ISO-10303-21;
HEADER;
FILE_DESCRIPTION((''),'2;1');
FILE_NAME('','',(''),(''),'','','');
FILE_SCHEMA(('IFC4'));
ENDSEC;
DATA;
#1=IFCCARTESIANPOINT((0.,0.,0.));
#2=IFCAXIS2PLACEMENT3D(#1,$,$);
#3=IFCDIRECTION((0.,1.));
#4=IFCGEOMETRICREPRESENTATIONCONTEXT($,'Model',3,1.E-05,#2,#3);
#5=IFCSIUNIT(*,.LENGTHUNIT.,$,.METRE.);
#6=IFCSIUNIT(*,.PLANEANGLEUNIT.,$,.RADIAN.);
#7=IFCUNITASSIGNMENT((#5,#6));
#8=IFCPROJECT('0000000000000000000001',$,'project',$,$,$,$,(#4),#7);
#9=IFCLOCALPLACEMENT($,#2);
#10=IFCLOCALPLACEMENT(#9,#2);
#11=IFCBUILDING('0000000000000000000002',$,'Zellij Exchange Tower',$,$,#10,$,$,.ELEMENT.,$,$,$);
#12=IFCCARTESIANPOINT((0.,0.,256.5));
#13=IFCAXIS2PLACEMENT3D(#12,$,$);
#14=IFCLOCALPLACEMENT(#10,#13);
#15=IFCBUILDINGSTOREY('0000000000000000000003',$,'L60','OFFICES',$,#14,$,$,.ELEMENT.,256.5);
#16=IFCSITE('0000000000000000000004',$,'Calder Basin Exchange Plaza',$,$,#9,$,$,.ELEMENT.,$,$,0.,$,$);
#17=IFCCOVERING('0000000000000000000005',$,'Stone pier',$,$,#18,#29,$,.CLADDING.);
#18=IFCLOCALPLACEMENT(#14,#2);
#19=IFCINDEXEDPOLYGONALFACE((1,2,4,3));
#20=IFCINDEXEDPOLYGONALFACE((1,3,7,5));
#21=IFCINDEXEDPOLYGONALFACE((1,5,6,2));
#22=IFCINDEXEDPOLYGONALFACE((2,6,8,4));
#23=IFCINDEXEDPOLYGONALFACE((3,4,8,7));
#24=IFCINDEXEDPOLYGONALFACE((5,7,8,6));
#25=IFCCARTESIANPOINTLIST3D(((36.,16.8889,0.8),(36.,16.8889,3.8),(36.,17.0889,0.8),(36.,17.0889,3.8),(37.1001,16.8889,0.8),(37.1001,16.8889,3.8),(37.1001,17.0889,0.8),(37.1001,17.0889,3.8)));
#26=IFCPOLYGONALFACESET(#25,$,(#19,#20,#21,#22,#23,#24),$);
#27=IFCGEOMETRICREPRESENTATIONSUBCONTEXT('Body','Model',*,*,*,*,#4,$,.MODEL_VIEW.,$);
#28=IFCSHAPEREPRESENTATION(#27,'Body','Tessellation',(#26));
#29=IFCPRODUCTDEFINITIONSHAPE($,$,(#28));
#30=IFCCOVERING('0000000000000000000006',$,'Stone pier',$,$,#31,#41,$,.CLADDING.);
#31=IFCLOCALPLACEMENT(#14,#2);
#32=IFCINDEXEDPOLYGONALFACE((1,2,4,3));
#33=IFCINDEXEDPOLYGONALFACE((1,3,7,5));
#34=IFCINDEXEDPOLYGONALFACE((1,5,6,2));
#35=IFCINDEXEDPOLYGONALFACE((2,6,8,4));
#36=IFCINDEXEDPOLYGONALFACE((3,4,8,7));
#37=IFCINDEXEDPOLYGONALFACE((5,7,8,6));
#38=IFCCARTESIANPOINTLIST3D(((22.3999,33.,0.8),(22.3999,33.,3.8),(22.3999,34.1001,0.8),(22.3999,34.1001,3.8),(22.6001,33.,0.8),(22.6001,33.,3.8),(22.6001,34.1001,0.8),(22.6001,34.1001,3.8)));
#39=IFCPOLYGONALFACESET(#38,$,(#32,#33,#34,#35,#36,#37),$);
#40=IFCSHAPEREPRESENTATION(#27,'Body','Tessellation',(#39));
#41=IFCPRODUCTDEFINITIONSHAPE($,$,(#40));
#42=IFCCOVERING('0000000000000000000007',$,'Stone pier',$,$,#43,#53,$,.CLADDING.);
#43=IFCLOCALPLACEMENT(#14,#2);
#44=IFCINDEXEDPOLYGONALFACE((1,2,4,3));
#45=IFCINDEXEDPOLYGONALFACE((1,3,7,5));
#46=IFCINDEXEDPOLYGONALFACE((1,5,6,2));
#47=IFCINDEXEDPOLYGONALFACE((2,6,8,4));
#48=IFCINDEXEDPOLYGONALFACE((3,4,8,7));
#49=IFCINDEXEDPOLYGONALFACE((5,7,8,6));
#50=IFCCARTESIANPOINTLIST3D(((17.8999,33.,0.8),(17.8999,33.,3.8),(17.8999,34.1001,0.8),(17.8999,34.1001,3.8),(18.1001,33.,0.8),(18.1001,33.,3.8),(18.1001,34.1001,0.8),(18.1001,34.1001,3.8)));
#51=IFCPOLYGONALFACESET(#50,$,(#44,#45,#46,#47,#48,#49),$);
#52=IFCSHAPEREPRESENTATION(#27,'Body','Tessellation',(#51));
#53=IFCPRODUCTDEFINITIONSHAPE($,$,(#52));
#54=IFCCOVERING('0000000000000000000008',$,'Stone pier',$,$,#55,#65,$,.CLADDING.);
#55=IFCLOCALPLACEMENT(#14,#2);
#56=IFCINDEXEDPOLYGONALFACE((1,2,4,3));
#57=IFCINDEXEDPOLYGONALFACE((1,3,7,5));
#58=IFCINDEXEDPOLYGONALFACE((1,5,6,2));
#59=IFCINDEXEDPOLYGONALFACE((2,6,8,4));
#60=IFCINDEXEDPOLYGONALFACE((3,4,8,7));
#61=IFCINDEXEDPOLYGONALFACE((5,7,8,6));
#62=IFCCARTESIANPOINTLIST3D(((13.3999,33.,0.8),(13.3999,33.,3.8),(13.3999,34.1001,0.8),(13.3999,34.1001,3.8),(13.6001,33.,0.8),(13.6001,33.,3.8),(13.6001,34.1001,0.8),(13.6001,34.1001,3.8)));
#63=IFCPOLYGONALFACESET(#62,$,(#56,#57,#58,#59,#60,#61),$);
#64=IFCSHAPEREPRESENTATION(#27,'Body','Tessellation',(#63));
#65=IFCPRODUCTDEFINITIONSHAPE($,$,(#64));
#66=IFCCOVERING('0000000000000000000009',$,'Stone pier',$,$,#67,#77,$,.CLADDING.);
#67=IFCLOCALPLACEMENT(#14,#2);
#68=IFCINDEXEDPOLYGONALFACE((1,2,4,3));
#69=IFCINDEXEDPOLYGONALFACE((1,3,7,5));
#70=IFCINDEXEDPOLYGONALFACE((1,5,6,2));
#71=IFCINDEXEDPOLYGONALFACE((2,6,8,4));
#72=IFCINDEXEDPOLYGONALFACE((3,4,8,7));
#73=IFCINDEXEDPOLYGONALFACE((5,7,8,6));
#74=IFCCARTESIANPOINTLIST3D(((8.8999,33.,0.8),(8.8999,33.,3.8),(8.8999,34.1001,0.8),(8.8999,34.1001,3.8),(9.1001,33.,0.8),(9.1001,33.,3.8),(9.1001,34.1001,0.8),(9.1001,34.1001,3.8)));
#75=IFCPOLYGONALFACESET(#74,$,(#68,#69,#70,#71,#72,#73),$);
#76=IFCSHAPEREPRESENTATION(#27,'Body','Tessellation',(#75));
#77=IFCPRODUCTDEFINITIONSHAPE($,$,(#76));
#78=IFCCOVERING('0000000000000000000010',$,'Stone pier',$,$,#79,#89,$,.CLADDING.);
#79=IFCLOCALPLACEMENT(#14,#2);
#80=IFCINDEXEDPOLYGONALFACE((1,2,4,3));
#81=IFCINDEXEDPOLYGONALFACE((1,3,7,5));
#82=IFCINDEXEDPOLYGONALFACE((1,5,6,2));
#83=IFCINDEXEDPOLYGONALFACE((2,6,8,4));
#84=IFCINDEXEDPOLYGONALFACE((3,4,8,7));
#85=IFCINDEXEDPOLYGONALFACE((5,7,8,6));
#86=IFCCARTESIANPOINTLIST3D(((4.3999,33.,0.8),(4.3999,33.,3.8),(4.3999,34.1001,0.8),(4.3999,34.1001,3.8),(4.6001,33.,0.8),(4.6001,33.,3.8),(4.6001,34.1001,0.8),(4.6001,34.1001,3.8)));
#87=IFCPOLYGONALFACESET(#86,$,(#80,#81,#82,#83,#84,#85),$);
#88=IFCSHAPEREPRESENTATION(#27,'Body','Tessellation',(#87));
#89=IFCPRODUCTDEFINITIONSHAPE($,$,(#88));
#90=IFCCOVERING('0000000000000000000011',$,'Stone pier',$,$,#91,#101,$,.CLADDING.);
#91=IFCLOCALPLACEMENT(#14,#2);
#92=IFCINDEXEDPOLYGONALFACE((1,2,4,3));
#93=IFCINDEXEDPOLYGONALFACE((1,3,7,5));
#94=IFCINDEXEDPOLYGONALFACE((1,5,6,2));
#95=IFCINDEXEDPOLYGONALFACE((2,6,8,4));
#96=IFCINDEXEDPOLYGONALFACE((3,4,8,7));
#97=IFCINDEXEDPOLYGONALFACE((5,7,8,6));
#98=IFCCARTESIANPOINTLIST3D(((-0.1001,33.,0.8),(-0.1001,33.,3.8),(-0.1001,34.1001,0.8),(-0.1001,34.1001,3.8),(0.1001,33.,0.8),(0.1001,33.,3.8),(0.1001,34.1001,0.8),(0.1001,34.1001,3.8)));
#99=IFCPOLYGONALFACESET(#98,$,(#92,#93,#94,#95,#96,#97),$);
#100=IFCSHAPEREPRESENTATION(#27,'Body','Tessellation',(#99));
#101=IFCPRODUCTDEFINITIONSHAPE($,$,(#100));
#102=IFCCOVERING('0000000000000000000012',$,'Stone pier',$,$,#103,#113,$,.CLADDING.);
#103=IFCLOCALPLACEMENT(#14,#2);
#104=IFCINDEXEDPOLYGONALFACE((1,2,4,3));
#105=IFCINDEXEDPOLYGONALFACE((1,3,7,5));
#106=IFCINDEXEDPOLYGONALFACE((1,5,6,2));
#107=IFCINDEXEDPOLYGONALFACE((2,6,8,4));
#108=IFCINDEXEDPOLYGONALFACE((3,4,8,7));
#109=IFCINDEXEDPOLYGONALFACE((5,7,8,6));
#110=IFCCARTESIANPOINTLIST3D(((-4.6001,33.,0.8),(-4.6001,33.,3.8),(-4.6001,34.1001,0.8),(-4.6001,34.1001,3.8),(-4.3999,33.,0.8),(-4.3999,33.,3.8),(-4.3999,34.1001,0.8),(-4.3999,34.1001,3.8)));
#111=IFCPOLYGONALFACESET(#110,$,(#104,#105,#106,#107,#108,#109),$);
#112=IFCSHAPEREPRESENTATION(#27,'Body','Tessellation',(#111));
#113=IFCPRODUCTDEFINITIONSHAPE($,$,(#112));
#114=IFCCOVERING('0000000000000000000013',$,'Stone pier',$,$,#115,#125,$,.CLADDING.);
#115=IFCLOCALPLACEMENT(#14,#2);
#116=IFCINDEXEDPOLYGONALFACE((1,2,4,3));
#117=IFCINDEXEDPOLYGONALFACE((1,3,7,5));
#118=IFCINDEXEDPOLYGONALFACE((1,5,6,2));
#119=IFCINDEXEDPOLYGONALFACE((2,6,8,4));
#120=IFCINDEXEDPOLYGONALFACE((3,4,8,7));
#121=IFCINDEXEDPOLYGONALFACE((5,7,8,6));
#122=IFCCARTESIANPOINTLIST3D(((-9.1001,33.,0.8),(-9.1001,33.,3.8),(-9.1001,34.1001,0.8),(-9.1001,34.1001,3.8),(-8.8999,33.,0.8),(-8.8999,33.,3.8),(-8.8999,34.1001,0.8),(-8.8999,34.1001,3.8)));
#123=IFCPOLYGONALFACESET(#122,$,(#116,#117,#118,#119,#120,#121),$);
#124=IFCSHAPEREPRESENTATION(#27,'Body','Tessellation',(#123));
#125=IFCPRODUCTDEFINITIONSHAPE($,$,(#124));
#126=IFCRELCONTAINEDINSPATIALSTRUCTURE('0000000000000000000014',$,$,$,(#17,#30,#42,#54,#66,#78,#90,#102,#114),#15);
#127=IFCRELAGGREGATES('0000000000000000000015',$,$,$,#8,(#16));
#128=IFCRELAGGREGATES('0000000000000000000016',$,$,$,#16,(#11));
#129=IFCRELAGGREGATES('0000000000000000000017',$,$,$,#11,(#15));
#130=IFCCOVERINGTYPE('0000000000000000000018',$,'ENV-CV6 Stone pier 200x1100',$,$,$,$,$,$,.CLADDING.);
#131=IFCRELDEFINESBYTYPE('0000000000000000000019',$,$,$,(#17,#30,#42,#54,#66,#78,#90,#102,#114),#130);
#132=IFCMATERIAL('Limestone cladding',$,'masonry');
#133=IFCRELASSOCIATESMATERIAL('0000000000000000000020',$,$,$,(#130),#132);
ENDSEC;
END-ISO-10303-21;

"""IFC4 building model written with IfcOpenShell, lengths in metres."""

from ifc_helpers import new_model, si_unit, direction, frame, origin, place, context, subcontext, project, spatial, polyline, outline, extrude, material, type_object, element, save


model = new_model("IFC4")

# Units and contexts
model_context = context("Model", 3, precision=1e-05, world=origin(), true_north=direction((0.0, 1.0)))
body_context = subcontext(model_context, "Body", "Model", "MODEL_VIEW")
ifc_project = project(units=[si_unit("LENGTHUNIT", "METRE"), si_unit("PLANEANGLEUNIT", "RADIAN")], contexts=[model_context])

# Site, building, storey
site_placement = place(None, origin())
site = spatial("IfcSite", under=ifc_project, at=site_placement, Name="Calder Basin Exchange Plaza", CompositionType="ELEMENT", RefElevation=0.0)
building_placement = place(site_placement, origin())
building = spatial("IfcBuilding", under=site, at=building_placement, Name="Zellij Exchange Tower", CompositionType="ELEMENT")
storey_placement = place(building_placement, frame((0.0, 0.0, 256.5)))
storey = spatial("IfcBuildingStorey", under=building, at=storey_placement, Name="L60", Description="OFFICES", CompositionType="ELEMENT", Elevation=256.5)

# Coverings
ifc_material_1 = material(Name="Limestone cladding", Category="masonry")
covering_type = type_object("IfcCoveringType", Name="ENV-CV6 Stone pier 200x1100", PredefinedType="CLADDING", material=ifc_material_1)
covering_1_placement = place(storey_placement, frame((0.0, 0.0, 0.8)))
element("IfcCovering", 1, at=covering_1_placement, inside=storey, type_object=covering_type, Name="Stone pier", PredefinedType="CLADDING", context=body_context, shape_type="SweptSolid", body=[
    extrude(outline(polyline([(36.0, 16.8889), (36.0, 17.0889), (37.1001, 17.0889), (37.1001, 16.8889), (36.0, 16.8889)])), origin(), (0.0, 0.0, 1.0), 3.0),
])
covering_2_placement = place(storey_placement, frame((0.0, 0.0, 0.8)))
element("IfcCovering", 2, at=covering_2_placement, inside=storey, type_object=covering_type, Name="Stone pier", PredefinedType="CLADDING", context=body_context, shape_type="SweptSolid", body=[
    extrude(outline(polyline([(22.6001, 33.0), (22.3999, 33.0), (22.3999, 34.1001), (22.6001, 34.1001), (22.6001, 33.0)])), origin(), (0.0, 0.0, 1.0), 3.0),
])
covering_3_placement = place(storey_placement, frame((0.0, 0.0, 0.8)))
element("IfcCovering", 3, at=covering_3_placement, inside=storey, type_object=covering_type, Name="Stone pier", PredefinedType="CLADDING", context=body_context, shape_type="SweptSolid", body=[
    extrude(outline(polyline([(18.1001, 33.0), (17.8999, 33.0), (17.8999, 34.1001), (18.1001, 34.1001), (18.1001, 33.0)])), origin(), (0.0, 0.0, 1.0), 3.0),
])
covering_4_placement = place(storey_placement, frame((0.0, 0.0, 0.8)))
element("IfcCovering", 4, at=covering_4_placement, inside=storey, type_object=covering_type, Name="Stone pier", PredefinedType="CLADDING", context=body_context, shape_type="SweptSolid", body=[
    extrude(outline(polyline([(13.6001, 33.0), (13.3999, 33.0), (13.3999, 34.1001), (13.6001, 34.1001), (13.6001, 33.0)])), origin(), (0.0, 0.0, 1.0), 3.0),
])
covering_5_placement = place(storey_placement, frame((0.0, 0.0, 0.8)))
element("IfcCovering", 5, at=covering_5_placement, inside=storey, type_object=covering_type, Name="Stone pier", PredefinedType="CLADDING", context=body_context, shape_type="SweptSolid", body=[
    extrude(outline(polyline([(9.1001, 33.0), (8.8999, 33.0), (8.8999, 34.1001), (9.1001, 34.1001), (9.1001, 33.0)])), origin(), (0.0, 0.0, 1.0), 3.0),
])
covering_6_placement = place(storey_placement, frame((0.0, 0.0, 0.8)))
element("IfcCovering", 6, at=covering_6_placement, inside=storey, type_object=covering_type, Name="Stone pier", PredefinedType="CLADDING", context=body_context, shape_type="SweptSolid", body=[
    extrude(outline(polyline([(4.6001, 33.0), (4.3999, 33.0), (4.3999, 34.1001), (4.6001, 34.1001), (4.6001, 33.0)])), origin(), (0.0, 0.0, 1.0), 3.0),
])
covering_7_placement = place(storey_placement, frame((0.0, 0.0, 0.8)))
element("IfcCovering", 7, at=covering_7_placement, inside=storey, type_object=covering_type, Name="Stone pier", PredefinedType="CLADDING", context=body_context, shape_type="SweptSolid", body=[
    extrude(outline(polyline([(0.1001, 33.0), (-0.1001, 33.0), (-0.1001, 34.1001), (0.1001, 34.1001), (0.1001, 33.0)])), origin(), (0.0, 0.0, 1.0), 3.0),
])
covering_8_placement = place(storey_placement, frame((0.0, 0.0, 0.8)))
element("IfcCovering", 8, at=covering_8_placement, inside=storey, type_object=covering_type, Name="Stone pier", PredefinedType="CLADDING", context=body_context, shape_type="SweptSolid", body=[
    extrude(outline(polyline([(-4.3999, 33.0), (-4.6001, 33.0), (-4.6001, 34.1001), (-4.3999, 34.1001), (-4.3999, 33.0)])), origin(), (0.0, 0.0, 1.0), 3.0),
])
covering_9_placement = place(storey_placement, frame((0.0, 0.0, 0.8)))
element("IfcCovering", 9, at=covering_9_placement, inside=storey, type_object=covering_type, Name="Stone pier", PredefinedType="CLADDING", context=body_context, shape_type="SweptSolid", body=[
    extrude(outline(polyline([(-8.8999, 33.0), (-9.1001, 33.0), (-9.1001, 34.1001), (-8.8999, 34.1001), (-8.8999, 33.0)])), origin(), (0.0, 0.0, 1.0), 3.0),
])

save(model, "model.ifc")
